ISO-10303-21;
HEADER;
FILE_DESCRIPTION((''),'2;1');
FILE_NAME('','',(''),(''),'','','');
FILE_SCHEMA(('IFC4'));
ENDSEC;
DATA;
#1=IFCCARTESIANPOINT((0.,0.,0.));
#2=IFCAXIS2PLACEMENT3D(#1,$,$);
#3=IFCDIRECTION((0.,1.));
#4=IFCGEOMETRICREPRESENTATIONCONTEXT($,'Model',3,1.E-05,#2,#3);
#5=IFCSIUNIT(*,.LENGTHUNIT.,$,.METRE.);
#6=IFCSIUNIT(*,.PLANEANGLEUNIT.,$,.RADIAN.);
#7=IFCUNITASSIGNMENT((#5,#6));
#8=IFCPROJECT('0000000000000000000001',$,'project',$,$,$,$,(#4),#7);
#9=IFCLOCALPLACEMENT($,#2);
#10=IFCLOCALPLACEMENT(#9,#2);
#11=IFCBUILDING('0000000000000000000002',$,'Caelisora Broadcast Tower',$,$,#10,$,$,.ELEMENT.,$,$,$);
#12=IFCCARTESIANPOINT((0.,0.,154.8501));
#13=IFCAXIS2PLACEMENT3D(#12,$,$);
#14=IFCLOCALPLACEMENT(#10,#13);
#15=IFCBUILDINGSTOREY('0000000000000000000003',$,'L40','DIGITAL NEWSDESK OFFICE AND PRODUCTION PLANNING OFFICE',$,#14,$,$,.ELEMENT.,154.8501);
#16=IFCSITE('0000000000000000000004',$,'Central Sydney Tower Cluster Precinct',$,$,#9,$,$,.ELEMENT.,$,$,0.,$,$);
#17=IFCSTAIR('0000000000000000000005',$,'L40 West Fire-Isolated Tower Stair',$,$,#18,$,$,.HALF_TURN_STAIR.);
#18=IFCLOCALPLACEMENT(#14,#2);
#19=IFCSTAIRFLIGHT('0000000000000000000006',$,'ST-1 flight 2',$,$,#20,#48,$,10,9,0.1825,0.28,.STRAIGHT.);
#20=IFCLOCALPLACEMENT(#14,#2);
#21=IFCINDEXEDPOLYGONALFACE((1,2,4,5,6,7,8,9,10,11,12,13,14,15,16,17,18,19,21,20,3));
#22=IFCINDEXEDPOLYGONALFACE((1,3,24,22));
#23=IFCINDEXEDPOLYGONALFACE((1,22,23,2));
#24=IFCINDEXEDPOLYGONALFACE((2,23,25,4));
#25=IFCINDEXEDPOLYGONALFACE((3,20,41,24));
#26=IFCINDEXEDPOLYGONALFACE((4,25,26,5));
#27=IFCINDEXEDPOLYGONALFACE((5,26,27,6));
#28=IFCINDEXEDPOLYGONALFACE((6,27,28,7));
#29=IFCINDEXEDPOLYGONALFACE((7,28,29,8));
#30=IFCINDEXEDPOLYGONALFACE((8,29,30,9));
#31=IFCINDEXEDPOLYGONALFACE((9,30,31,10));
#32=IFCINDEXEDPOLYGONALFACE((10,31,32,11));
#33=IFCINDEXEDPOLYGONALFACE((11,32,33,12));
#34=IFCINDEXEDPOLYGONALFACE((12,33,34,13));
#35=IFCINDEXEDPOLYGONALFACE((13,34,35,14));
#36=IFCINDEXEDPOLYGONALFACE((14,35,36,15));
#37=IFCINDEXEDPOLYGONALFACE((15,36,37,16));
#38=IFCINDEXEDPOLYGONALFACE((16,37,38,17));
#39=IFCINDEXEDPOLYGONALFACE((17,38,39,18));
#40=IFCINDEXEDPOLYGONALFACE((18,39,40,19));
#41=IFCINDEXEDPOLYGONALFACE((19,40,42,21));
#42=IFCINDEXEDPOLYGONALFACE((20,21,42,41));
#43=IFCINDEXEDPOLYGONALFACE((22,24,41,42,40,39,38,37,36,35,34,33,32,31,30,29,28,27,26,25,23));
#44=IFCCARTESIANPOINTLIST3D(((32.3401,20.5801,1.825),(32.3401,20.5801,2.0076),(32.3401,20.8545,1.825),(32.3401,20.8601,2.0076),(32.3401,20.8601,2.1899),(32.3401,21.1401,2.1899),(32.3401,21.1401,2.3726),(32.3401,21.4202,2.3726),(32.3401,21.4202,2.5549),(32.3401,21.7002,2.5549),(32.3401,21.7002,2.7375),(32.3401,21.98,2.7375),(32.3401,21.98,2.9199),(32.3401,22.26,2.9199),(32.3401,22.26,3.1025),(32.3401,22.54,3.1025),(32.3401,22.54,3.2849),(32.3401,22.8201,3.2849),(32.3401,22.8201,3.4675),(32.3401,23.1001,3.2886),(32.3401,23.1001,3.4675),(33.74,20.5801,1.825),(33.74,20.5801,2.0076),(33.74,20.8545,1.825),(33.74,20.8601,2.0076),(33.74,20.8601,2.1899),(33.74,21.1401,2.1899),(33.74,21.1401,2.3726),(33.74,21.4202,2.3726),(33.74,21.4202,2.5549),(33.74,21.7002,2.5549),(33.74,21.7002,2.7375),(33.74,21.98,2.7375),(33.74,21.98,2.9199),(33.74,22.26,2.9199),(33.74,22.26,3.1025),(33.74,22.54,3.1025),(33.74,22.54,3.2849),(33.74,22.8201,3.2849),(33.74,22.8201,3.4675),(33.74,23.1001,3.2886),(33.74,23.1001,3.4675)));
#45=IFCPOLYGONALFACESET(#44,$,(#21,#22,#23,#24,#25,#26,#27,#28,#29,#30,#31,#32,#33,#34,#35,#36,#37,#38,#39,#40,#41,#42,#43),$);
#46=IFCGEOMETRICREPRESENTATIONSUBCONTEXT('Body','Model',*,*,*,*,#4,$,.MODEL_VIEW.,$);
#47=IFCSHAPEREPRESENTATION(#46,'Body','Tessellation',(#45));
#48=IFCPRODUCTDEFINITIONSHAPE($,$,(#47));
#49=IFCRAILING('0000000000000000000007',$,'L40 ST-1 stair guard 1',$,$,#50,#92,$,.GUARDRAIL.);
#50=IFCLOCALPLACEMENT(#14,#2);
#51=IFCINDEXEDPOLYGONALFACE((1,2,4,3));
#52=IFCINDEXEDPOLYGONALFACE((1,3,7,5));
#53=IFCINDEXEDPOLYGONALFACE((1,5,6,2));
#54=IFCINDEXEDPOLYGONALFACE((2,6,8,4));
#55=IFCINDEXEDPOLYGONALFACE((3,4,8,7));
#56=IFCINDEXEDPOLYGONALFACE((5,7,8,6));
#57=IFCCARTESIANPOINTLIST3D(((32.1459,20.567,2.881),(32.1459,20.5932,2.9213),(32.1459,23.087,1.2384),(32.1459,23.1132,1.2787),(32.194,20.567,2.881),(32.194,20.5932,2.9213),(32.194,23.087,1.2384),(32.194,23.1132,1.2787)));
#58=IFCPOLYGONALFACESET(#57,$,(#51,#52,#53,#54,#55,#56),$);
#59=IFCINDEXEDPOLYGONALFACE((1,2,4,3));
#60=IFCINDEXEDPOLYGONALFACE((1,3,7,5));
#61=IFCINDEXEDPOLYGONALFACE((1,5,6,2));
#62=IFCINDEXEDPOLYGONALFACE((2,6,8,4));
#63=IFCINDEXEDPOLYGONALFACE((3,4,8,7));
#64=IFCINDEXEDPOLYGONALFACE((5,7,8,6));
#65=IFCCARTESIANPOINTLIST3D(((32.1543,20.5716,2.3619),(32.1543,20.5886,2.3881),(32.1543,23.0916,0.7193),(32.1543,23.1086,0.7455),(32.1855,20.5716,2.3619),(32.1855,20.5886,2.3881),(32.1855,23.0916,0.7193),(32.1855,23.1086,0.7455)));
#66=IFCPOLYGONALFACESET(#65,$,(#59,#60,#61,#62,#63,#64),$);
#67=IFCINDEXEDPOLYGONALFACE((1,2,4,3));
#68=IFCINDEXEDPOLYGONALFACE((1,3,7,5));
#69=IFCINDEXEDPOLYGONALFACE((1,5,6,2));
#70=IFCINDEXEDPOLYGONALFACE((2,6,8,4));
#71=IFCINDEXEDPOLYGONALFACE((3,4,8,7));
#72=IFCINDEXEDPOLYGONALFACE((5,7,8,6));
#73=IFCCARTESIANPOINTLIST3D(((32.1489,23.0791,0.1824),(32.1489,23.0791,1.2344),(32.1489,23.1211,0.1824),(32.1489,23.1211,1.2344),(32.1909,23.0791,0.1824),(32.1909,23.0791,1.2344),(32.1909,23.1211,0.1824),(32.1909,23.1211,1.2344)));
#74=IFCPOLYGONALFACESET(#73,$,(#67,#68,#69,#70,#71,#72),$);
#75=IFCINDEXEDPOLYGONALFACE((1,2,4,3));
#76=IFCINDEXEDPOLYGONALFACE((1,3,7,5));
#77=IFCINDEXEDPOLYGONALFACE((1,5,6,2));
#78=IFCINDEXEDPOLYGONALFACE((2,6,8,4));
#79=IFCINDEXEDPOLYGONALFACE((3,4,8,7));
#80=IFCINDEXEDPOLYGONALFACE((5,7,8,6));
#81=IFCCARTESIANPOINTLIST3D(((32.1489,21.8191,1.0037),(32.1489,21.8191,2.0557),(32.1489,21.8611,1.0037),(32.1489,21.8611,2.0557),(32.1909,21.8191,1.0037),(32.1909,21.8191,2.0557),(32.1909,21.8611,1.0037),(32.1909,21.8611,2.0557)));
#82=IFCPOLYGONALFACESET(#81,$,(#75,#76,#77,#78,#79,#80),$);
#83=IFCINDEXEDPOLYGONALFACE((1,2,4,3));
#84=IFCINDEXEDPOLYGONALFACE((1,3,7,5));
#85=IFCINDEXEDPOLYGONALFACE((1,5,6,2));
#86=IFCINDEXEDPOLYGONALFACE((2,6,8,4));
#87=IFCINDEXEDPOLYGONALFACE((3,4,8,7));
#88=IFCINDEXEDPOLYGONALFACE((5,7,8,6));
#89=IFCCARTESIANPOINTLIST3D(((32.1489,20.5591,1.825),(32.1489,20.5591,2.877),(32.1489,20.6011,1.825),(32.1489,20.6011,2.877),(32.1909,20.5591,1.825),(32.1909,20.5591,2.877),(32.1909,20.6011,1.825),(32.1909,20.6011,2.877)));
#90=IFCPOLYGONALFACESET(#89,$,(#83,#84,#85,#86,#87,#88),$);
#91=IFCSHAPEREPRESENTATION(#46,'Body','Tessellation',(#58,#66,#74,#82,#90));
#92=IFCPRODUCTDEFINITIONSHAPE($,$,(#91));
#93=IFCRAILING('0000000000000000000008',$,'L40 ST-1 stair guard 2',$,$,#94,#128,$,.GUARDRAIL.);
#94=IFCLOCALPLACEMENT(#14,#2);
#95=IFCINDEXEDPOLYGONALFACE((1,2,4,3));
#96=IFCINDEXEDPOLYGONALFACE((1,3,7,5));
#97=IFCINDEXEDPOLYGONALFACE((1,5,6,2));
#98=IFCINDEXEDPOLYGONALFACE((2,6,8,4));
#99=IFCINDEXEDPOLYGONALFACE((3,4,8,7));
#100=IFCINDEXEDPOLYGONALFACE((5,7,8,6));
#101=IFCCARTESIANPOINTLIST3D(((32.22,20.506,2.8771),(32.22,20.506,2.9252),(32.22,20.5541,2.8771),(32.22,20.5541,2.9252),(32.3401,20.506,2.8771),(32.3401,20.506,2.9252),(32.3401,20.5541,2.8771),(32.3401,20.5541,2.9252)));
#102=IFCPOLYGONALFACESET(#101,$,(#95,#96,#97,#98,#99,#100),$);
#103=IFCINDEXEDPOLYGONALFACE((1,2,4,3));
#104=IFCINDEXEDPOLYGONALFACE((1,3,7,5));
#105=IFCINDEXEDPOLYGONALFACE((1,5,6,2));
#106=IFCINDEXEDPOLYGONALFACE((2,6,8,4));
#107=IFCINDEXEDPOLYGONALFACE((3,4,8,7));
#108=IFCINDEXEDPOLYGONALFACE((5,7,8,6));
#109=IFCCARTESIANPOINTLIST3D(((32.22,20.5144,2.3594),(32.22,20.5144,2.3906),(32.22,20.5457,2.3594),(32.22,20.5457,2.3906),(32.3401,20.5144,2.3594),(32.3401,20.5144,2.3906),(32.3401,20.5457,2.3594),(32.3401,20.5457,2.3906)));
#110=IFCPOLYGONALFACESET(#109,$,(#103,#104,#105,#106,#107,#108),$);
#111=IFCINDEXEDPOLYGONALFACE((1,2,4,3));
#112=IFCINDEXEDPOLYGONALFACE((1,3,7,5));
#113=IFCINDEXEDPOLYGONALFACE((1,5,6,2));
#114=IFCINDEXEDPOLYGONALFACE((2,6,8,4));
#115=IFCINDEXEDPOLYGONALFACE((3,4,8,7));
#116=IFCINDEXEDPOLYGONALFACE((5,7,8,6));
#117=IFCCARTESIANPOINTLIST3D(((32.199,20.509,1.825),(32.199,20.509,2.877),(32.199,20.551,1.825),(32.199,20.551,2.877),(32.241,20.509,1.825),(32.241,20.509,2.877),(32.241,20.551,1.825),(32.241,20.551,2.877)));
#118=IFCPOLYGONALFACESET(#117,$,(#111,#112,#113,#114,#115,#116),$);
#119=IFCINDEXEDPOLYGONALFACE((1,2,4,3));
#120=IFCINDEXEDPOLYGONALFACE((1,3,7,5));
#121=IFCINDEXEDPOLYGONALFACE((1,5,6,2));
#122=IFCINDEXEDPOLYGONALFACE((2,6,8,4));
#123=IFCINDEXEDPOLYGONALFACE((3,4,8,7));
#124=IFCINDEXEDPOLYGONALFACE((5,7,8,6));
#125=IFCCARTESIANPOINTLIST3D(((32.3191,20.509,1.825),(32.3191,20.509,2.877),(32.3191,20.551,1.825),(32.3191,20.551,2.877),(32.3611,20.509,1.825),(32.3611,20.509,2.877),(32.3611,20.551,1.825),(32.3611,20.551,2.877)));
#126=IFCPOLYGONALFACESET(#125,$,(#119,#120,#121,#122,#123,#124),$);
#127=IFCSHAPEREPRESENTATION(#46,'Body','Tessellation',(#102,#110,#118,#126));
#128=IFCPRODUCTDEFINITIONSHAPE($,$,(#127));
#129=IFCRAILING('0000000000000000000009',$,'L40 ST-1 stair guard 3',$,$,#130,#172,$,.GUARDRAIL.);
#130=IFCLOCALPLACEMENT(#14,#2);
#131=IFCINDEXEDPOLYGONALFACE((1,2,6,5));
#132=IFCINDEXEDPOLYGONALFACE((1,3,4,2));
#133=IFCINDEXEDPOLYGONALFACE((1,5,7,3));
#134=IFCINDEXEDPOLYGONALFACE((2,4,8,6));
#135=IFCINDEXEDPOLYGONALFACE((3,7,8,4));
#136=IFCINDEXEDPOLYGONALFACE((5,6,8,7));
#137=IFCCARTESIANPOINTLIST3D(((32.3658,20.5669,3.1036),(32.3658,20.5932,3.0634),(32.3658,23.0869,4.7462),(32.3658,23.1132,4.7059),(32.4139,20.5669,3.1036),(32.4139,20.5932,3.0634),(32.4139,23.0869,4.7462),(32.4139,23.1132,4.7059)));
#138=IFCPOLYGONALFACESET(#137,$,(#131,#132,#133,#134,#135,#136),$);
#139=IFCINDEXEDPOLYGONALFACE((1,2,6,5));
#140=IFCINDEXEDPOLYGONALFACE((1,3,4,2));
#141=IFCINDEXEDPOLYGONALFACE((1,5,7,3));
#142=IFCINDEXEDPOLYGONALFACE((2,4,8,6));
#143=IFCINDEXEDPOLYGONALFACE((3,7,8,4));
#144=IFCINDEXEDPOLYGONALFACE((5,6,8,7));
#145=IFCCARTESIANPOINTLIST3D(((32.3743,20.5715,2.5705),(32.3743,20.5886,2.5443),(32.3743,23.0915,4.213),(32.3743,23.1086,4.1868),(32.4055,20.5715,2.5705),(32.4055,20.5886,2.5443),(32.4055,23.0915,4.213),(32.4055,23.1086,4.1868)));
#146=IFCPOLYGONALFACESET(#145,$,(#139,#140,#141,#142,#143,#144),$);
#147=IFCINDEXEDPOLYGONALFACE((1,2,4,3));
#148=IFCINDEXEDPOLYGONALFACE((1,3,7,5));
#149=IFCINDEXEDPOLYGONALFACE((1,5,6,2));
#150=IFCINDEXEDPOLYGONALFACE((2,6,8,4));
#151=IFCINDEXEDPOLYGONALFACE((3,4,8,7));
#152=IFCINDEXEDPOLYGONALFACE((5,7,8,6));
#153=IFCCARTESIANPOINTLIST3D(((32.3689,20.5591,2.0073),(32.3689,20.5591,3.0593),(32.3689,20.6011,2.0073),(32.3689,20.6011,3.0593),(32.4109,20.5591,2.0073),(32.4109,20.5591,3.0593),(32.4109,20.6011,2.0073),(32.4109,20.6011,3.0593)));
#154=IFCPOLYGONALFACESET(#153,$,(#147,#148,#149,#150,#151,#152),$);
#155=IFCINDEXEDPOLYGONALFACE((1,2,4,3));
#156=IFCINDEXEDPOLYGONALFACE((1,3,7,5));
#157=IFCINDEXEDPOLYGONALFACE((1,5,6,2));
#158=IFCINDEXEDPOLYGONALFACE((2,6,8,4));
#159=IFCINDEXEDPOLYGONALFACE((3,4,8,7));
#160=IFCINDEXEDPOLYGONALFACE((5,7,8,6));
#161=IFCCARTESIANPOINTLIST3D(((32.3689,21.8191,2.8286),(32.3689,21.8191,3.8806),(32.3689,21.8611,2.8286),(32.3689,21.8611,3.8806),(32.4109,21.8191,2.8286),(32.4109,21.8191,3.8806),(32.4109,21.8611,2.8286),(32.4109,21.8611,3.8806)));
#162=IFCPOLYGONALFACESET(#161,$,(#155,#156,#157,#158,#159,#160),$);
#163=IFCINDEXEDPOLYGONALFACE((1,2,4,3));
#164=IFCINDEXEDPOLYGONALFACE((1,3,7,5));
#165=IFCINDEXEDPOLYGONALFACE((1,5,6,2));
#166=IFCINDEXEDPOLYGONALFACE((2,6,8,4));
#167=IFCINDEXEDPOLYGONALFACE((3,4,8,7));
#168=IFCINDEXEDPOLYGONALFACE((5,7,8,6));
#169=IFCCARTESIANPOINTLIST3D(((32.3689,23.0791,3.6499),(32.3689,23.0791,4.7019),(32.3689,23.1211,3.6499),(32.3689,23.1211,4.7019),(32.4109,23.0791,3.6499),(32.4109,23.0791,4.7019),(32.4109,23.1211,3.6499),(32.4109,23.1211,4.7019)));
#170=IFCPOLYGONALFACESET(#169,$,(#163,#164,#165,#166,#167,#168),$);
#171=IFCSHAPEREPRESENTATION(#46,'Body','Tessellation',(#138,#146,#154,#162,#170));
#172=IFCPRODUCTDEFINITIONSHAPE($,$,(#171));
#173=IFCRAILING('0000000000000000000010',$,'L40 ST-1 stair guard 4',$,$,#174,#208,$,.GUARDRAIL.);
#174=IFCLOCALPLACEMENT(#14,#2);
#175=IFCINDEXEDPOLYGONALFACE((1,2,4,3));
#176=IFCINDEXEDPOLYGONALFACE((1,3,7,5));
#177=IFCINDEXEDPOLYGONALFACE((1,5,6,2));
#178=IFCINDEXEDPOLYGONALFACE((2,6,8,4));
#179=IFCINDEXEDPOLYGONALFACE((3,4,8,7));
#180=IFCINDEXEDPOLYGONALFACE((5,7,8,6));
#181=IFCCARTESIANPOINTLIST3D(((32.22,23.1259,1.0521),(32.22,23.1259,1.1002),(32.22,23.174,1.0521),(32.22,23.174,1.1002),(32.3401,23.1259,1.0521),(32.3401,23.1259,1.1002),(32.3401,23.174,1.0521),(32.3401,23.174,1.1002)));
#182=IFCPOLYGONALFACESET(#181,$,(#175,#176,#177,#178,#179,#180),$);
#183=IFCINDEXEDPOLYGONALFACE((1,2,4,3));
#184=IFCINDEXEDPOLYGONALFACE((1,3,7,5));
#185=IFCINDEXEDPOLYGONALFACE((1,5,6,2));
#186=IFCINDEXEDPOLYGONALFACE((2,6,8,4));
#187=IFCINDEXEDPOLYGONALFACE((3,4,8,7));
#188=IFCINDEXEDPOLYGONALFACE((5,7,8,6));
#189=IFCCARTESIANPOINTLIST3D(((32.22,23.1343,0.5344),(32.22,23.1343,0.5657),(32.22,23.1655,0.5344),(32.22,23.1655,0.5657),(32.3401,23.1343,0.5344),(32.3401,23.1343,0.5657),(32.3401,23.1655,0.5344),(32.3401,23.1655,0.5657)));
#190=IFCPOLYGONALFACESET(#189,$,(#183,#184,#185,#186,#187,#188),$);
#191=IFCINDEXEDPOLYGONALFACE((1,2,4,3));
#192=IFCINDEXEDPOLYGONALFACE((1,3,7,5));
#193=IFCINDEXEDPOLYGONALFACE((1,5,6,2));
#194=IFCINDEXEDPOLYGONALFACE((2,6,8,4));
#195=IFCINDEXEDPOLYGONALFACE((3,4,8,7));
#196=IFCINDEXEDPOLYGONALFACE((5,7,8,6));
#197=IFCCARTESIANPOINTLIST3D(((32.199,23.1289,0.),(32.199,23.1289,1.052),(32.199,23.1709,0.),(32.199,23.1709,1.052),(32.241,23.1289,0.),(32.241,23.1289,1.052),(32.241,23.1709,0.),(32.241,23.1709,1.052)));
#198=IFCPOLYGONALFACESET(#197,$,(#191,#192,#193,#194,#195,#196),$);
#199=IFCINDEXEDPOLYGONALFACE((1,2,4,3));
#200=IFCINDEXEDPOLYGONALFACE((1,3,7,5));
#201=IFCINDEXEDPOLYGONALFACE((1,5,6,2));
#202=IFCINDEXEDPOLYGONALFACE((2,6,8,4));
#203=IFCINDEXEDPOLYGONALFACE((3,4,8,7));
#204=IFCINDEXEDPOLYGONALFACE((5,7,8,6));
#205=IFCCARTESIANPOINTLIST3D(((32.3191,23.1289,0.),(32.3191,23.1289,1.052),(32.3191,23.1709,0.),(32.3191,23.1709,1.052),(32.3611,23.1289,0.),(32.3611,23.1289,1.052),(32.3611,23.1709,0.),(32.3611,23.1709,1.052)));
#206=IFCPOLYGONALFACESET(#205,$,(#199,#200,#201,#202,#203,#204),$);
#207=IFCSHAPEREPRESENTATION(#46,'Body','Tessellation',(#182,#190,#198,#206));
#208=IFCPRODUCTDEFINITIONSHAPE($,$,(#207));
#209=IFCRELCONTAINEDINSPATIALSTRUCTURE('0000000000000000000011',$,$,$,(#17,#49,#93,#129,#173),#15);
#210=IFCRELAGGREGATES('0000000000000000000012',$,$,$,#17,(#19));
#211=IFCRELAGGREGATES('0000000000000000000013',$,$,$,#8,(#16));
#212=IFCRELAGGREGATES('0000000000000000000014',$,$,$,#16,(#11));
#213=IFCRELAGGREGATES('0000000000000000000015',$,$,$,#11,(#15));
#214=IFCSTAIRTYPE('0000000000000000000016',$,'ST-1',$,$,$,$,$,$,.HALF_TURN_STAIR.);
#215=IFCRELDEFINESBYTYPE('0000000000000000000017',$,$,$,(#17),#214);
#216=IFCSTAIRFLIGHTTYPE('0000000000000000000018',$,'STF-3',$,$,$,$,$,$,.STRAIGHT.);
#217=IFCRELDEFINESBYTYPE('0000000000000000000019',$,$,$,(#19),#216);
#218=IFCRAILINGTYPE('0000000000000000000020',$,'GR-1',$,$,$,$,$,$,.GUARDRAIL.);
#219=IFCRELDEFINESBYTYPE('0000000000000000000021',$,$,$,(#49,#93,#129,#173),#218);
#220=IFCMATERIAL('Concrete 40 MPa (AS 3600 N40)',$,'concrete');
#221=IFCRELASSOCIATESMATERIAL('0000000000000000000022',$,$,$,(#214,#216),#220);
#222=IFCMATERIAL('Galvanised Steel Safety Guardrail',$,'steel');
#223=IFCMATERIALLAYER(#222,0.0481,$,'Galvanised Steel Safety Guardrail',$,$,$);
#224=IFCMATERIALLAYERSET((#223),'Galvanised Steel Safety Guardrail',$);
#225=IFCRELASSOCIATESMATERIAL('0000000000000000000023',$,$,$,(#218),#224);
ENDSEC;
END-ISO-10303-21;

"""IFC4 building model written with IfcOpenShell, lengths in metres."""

from ifc_helpers import new_model, si_unit, direction, frame, origin, origin_2d, place, context, subcontext, project, spatial, polyline, rectangle, outline, extrude, material, layer, layer_set, type_object, element, aggregate, save


model = new_model("IFC4")

# Units and contexts
model_context = context("Model", 3, precision=1e-05, world=origin(), true_north=direction((0.0, 1.0)))
body_context = subcontext(model_context, "Body", "Model", "MODEL_VIEW")
ifc_project = project(units=[si_unit("LENGTHUNIT", "METRE"), si_unit("PLANEANGLEUNIT", "RADIAN")], contexts=[model_context])

# Site, building, storey
site_placement = place(None, origin())
site = spatial("IfcSite", under=ifc_project, at=site_placement, Name="Central Sydney Tower Cluster Precinct", CompositionType="ELEMENT", RefElevation=0.0)
building_placement = place(site_placement, origin())
building = spatial("IfcBuilding", under=site, at=building_placement, Name="Caelisora Broadcast Tower", CompositionType="ELEMENT")
storey_placement = place(building_placement, frame((0.0, 0.0, 154.8501)))
storey = spatial("IfcBuildingStorey", under=building, at=storey_placement, Name="L40", Description="DIGITAL NEWSDESK OFFICE AND PRODUCTION PLANNING OFFICE", CompositionType="ELEMENT", Elevation=154.8501)

# Stair, stair flight
ifc_material_1 = material(Name="Concrete 40 MPa (AS 3600 N40)", Category="concrete")
stair_type = type_object("IfcStairType", Name="ST-1", PredefinedType="HALF_TURN_STAIR", material=ifc_material_1)
stair_placement = place(storey_placement, origin())
stair = element("IfcStair", 1, at=stair_placement, inside=storey, type_object=stair_type, Name="L40 West Fire-Isolated Tower Stair", PredefinedType="HALF_TURN_STAIR")
stair_flight_type = type_object("IfcStairFlightType", Name="STF-3", PredefinedType="STRAIGHT", material=ifc_material_1)
stair_flight_1_placement = place(storey_placement, frame((33.04, 20.5801, 1.825), z_axis=(0.0, 0.0, 1.0), x_axis=(0.0, 1.0, 0.0)))
stair_flight_1 = element("IfcStairFlight", 2, at=stair_flight_1_placement, type_object=stair_flight_type, Name="ST-1 flight 2", NumberOfRisers=10, NumberOfTreads=9, PredefinedType="STRAIGHT", RiserHeight=0.1825, TreadLength=0.28, context=body_context, shape_type="SweptSolid", body=[
    extrude(outline(polyline([(0.0, 0.0), (0.0, 0.1826), (0.28, 0.1826), (0.28, 0.365), (0.5601, 0.365), (0.5601, 0.5476), (0.8401, 0.5476), (0.8401, 0.73), (1.1201, 0.73), (1.1201, 0.9126), (1.3999, 0.9126), (1.3999, 1.095), (1.6799, 1.095), (1.6799, 1.2776), (1.96, 1.2776), (1.96, 1.46), (2.24, 1.46), (2.24, 1.6426), (2.52, 1.6426), (2.52, 1.825), (2.52, 1.4636), (0.2744, 0.0), (0.0, 0.0)])), frame((0.0, 0.7, 0.0), z_axis=(0.0, -1.0, 0.0), x_axis=(1.0, 0.0, 0.0)), (0.0, 0.0, 1.0), 1.3999),
])
aggregate(stair, [stair_flight_1])

# Railings
ifc_material_2 = material(Name="Galvanised Steel Safety Guardrail", Category="steel")
ifc_layer_1 = layer(ifc_material_2, 0.0481, Name="Galvanised Steel Safety Guardrail")
ifc_layer_set_1 = layer_set([ifc_layer_1], Name="Galvanised Steel Safety Guardrail")
railing_type_1 = type_object("IfcRailingType", Name="GR-1", PredefinedType="GUARDRAIL", material=ifc_layer_set_1)
railing_1_placement = place(storey_placement, frame((32.1699, 23.1001, 0.1824)))
element("IfcRailing", 3, at=railing_1_placement, inside=storey, type_object=railing_type_1, Name="L40 ST-1 stair guard 1", PredefinedType="GUARDRAIL", context=body_context, shape_type="SweptSolid", body=[
    extrude(rectangle(XDim=0.0481, YDim=0.0481, at=origin_2d()), frame((0.0, 0.0, 1.0762), z_axis=(0.0, -0.837749, 0.546055), x_axis=(1.0, 0.0, 0.0)), (0.0, 0.0, 1.0), 3.0081),
    extrude(rectangle(XDim=0.0312, YDim=0.0312, at=origin_2d()), frame((0.0, 0.0, 0.55), z_axis=(0.0, -0.837749, 0.546055), x_axis=(1.0, 0.0, 0.0)), (0.0, 0.0, 1.0), 3.0081),
    extrude(rectangle(XDim=0.042, YDim=0.042, at=origin_2d()), origin(), (0.0, 0.0, 1.0), 1.052),
    extrude(rectangle(XDim=0.042, YDim=0.042, at=origin_2d()), frame((0.0, -1.26, 0.8213)), (0.0, 0.0, 1.0), 1.052),
    extrude(rectangle(XDim=0.042, YDim=0.042, at=origin_2d()), frame((0.0, -2.52, 1.6426)), (0.0, 0.0, 1.0), 1.052),
])
railing_2_placement = place(storey_placement, frame((32.22, 20.53, 1.825)))
element("IfcRailing", 4, at=railing_2_placement, inside=storey, type_object=railing_type_1, Name="L40 ST-1 stair guard 2", PredefinedType="GUARDRAIL", context=body_context, shape_type="SweptSolid", body=[
    extrude(rectangle(XDim=0.0481, YDim=0.0481, at=origin_2d()), frame((0.0, 0.0, 1.0762), z_axis=(1.0, 0.0, 0.0), x_axis=(0.0, 1.0, 0.0)), (0.0, 0.0, 1.0), 0.1201),
    extrude(rectangle(XDim=0.0312, YDim=0.0312, at=origin_2d()), frame((0.0, 0.0, 0.55), z_axis=(1.0, 0.0, 0.0), x_axis=(0.0, 1.0, 0.0)), (0.0, 0.0, 1.0), 0.1201),
    extrude(rectangle(XDim=0.042, YDim=0.042, at=origin_2d()), origin(), (0.0, 0.0, 1.0), 1.052),
    extrude(rectangle(XDim=0.042, YDim=0.042, at=origin_2d()), frame((0.1201, 0.0, 0.0)), (0.0, 0.0, 1.0), 1.052),
])
railing_3_placement = place(storey_placement, frame((32.3899, 20.5801, 2.0073)))
element("IfcRailing", 5, at=railing_3_placement, inside=storey, type_object=railing_type_1, Name="L40 ST-1 stair guard 3", PredefinedType="GUARDRAIL", context=body_context, shape_type="SweptSolid", body=[
    extrude(rectangle(XDim=0.0481, YDim=0.0481, at=origin_2d()), frame((0.0, 0.0, 1.0762), z_axis=(0.0, 0.837749, 0.546055), x_axis=(-1.0, 0.0, 0.0)), (0.0, 0.0, 1.0), 3.0081),
    extrude(rectangle(XDim=0.0312, YDim=0.0312, at=origin_2d()), frame((0.0, 0.0, 0.55), z_axis=(0.0, 0.837749, 0.546055), x_axis=(-1.0, 0.0, 0.0)), (0.0, 0.0, 1.0), 3.0081),
    extrude(rectangle(XDim=0.042, YDim=0.042, at=origin_2d()), origin(), (0.0, 0.0, 1.0), 1.052),
    extrude(rectangle(XDim=0.042, YDim=0.042, at=origin_2d()), frame((0.0, 1.26, 0.8213)), (0.0, 0.0, 1.0), 1.052),
    extrude(rectangle(XDim=0.042, YDim=0.042, at=origin_2d()), frame((0.0, 2.52, 1.6426)), (0.0, 0.0, 1.0), 1.052),
])
railing_4_placement = place(storey_placement, frame((32.22, 23.1499, 0.0)))
element("IfcRailing", 6, at=railing_4_placement, inside=storey, type_object=railing_type_1, Name="L40 ST-1 stair guard 4", PredefinedType="GUARDRAIL", context=body_context, shape_type="SweptSolid", body=[
    extrude(rectangle(XDim=0.0481, YDim=0.0481, at=origin_2d()), frame((0.0, 0.0, 1.0762), z_axis=(1.0, 0.0, 0.0), x_axis=(0.0, 1.0, 0.0)), (0.0, 0.0, 1.0), 0.1201),
    extrude(rectangle(XDim=0.0312, YDim=0.0312, at=origin_2d()), frame((0.0, 0.0, 0.55), z_axis=(1.0, 0.0, 0.0), x_axis=(0.0, 1.0, 0.0)), (0.0, 0.0, 1.0), 0.1201),
    extrude(rectangle(XDim=0.042, YDim=0.042, at=origin_2d()), origin(), (0.0, 0.0, 1.0), 1.052),
    extrude(rectangle(XDim=0.042, YDim=0.042, at=origin_2d()), frame((0.1201, 0.0, 0.0)), (0.0, 0.0, 1.0), 1.052),
])

save(model, "model.ifc")
